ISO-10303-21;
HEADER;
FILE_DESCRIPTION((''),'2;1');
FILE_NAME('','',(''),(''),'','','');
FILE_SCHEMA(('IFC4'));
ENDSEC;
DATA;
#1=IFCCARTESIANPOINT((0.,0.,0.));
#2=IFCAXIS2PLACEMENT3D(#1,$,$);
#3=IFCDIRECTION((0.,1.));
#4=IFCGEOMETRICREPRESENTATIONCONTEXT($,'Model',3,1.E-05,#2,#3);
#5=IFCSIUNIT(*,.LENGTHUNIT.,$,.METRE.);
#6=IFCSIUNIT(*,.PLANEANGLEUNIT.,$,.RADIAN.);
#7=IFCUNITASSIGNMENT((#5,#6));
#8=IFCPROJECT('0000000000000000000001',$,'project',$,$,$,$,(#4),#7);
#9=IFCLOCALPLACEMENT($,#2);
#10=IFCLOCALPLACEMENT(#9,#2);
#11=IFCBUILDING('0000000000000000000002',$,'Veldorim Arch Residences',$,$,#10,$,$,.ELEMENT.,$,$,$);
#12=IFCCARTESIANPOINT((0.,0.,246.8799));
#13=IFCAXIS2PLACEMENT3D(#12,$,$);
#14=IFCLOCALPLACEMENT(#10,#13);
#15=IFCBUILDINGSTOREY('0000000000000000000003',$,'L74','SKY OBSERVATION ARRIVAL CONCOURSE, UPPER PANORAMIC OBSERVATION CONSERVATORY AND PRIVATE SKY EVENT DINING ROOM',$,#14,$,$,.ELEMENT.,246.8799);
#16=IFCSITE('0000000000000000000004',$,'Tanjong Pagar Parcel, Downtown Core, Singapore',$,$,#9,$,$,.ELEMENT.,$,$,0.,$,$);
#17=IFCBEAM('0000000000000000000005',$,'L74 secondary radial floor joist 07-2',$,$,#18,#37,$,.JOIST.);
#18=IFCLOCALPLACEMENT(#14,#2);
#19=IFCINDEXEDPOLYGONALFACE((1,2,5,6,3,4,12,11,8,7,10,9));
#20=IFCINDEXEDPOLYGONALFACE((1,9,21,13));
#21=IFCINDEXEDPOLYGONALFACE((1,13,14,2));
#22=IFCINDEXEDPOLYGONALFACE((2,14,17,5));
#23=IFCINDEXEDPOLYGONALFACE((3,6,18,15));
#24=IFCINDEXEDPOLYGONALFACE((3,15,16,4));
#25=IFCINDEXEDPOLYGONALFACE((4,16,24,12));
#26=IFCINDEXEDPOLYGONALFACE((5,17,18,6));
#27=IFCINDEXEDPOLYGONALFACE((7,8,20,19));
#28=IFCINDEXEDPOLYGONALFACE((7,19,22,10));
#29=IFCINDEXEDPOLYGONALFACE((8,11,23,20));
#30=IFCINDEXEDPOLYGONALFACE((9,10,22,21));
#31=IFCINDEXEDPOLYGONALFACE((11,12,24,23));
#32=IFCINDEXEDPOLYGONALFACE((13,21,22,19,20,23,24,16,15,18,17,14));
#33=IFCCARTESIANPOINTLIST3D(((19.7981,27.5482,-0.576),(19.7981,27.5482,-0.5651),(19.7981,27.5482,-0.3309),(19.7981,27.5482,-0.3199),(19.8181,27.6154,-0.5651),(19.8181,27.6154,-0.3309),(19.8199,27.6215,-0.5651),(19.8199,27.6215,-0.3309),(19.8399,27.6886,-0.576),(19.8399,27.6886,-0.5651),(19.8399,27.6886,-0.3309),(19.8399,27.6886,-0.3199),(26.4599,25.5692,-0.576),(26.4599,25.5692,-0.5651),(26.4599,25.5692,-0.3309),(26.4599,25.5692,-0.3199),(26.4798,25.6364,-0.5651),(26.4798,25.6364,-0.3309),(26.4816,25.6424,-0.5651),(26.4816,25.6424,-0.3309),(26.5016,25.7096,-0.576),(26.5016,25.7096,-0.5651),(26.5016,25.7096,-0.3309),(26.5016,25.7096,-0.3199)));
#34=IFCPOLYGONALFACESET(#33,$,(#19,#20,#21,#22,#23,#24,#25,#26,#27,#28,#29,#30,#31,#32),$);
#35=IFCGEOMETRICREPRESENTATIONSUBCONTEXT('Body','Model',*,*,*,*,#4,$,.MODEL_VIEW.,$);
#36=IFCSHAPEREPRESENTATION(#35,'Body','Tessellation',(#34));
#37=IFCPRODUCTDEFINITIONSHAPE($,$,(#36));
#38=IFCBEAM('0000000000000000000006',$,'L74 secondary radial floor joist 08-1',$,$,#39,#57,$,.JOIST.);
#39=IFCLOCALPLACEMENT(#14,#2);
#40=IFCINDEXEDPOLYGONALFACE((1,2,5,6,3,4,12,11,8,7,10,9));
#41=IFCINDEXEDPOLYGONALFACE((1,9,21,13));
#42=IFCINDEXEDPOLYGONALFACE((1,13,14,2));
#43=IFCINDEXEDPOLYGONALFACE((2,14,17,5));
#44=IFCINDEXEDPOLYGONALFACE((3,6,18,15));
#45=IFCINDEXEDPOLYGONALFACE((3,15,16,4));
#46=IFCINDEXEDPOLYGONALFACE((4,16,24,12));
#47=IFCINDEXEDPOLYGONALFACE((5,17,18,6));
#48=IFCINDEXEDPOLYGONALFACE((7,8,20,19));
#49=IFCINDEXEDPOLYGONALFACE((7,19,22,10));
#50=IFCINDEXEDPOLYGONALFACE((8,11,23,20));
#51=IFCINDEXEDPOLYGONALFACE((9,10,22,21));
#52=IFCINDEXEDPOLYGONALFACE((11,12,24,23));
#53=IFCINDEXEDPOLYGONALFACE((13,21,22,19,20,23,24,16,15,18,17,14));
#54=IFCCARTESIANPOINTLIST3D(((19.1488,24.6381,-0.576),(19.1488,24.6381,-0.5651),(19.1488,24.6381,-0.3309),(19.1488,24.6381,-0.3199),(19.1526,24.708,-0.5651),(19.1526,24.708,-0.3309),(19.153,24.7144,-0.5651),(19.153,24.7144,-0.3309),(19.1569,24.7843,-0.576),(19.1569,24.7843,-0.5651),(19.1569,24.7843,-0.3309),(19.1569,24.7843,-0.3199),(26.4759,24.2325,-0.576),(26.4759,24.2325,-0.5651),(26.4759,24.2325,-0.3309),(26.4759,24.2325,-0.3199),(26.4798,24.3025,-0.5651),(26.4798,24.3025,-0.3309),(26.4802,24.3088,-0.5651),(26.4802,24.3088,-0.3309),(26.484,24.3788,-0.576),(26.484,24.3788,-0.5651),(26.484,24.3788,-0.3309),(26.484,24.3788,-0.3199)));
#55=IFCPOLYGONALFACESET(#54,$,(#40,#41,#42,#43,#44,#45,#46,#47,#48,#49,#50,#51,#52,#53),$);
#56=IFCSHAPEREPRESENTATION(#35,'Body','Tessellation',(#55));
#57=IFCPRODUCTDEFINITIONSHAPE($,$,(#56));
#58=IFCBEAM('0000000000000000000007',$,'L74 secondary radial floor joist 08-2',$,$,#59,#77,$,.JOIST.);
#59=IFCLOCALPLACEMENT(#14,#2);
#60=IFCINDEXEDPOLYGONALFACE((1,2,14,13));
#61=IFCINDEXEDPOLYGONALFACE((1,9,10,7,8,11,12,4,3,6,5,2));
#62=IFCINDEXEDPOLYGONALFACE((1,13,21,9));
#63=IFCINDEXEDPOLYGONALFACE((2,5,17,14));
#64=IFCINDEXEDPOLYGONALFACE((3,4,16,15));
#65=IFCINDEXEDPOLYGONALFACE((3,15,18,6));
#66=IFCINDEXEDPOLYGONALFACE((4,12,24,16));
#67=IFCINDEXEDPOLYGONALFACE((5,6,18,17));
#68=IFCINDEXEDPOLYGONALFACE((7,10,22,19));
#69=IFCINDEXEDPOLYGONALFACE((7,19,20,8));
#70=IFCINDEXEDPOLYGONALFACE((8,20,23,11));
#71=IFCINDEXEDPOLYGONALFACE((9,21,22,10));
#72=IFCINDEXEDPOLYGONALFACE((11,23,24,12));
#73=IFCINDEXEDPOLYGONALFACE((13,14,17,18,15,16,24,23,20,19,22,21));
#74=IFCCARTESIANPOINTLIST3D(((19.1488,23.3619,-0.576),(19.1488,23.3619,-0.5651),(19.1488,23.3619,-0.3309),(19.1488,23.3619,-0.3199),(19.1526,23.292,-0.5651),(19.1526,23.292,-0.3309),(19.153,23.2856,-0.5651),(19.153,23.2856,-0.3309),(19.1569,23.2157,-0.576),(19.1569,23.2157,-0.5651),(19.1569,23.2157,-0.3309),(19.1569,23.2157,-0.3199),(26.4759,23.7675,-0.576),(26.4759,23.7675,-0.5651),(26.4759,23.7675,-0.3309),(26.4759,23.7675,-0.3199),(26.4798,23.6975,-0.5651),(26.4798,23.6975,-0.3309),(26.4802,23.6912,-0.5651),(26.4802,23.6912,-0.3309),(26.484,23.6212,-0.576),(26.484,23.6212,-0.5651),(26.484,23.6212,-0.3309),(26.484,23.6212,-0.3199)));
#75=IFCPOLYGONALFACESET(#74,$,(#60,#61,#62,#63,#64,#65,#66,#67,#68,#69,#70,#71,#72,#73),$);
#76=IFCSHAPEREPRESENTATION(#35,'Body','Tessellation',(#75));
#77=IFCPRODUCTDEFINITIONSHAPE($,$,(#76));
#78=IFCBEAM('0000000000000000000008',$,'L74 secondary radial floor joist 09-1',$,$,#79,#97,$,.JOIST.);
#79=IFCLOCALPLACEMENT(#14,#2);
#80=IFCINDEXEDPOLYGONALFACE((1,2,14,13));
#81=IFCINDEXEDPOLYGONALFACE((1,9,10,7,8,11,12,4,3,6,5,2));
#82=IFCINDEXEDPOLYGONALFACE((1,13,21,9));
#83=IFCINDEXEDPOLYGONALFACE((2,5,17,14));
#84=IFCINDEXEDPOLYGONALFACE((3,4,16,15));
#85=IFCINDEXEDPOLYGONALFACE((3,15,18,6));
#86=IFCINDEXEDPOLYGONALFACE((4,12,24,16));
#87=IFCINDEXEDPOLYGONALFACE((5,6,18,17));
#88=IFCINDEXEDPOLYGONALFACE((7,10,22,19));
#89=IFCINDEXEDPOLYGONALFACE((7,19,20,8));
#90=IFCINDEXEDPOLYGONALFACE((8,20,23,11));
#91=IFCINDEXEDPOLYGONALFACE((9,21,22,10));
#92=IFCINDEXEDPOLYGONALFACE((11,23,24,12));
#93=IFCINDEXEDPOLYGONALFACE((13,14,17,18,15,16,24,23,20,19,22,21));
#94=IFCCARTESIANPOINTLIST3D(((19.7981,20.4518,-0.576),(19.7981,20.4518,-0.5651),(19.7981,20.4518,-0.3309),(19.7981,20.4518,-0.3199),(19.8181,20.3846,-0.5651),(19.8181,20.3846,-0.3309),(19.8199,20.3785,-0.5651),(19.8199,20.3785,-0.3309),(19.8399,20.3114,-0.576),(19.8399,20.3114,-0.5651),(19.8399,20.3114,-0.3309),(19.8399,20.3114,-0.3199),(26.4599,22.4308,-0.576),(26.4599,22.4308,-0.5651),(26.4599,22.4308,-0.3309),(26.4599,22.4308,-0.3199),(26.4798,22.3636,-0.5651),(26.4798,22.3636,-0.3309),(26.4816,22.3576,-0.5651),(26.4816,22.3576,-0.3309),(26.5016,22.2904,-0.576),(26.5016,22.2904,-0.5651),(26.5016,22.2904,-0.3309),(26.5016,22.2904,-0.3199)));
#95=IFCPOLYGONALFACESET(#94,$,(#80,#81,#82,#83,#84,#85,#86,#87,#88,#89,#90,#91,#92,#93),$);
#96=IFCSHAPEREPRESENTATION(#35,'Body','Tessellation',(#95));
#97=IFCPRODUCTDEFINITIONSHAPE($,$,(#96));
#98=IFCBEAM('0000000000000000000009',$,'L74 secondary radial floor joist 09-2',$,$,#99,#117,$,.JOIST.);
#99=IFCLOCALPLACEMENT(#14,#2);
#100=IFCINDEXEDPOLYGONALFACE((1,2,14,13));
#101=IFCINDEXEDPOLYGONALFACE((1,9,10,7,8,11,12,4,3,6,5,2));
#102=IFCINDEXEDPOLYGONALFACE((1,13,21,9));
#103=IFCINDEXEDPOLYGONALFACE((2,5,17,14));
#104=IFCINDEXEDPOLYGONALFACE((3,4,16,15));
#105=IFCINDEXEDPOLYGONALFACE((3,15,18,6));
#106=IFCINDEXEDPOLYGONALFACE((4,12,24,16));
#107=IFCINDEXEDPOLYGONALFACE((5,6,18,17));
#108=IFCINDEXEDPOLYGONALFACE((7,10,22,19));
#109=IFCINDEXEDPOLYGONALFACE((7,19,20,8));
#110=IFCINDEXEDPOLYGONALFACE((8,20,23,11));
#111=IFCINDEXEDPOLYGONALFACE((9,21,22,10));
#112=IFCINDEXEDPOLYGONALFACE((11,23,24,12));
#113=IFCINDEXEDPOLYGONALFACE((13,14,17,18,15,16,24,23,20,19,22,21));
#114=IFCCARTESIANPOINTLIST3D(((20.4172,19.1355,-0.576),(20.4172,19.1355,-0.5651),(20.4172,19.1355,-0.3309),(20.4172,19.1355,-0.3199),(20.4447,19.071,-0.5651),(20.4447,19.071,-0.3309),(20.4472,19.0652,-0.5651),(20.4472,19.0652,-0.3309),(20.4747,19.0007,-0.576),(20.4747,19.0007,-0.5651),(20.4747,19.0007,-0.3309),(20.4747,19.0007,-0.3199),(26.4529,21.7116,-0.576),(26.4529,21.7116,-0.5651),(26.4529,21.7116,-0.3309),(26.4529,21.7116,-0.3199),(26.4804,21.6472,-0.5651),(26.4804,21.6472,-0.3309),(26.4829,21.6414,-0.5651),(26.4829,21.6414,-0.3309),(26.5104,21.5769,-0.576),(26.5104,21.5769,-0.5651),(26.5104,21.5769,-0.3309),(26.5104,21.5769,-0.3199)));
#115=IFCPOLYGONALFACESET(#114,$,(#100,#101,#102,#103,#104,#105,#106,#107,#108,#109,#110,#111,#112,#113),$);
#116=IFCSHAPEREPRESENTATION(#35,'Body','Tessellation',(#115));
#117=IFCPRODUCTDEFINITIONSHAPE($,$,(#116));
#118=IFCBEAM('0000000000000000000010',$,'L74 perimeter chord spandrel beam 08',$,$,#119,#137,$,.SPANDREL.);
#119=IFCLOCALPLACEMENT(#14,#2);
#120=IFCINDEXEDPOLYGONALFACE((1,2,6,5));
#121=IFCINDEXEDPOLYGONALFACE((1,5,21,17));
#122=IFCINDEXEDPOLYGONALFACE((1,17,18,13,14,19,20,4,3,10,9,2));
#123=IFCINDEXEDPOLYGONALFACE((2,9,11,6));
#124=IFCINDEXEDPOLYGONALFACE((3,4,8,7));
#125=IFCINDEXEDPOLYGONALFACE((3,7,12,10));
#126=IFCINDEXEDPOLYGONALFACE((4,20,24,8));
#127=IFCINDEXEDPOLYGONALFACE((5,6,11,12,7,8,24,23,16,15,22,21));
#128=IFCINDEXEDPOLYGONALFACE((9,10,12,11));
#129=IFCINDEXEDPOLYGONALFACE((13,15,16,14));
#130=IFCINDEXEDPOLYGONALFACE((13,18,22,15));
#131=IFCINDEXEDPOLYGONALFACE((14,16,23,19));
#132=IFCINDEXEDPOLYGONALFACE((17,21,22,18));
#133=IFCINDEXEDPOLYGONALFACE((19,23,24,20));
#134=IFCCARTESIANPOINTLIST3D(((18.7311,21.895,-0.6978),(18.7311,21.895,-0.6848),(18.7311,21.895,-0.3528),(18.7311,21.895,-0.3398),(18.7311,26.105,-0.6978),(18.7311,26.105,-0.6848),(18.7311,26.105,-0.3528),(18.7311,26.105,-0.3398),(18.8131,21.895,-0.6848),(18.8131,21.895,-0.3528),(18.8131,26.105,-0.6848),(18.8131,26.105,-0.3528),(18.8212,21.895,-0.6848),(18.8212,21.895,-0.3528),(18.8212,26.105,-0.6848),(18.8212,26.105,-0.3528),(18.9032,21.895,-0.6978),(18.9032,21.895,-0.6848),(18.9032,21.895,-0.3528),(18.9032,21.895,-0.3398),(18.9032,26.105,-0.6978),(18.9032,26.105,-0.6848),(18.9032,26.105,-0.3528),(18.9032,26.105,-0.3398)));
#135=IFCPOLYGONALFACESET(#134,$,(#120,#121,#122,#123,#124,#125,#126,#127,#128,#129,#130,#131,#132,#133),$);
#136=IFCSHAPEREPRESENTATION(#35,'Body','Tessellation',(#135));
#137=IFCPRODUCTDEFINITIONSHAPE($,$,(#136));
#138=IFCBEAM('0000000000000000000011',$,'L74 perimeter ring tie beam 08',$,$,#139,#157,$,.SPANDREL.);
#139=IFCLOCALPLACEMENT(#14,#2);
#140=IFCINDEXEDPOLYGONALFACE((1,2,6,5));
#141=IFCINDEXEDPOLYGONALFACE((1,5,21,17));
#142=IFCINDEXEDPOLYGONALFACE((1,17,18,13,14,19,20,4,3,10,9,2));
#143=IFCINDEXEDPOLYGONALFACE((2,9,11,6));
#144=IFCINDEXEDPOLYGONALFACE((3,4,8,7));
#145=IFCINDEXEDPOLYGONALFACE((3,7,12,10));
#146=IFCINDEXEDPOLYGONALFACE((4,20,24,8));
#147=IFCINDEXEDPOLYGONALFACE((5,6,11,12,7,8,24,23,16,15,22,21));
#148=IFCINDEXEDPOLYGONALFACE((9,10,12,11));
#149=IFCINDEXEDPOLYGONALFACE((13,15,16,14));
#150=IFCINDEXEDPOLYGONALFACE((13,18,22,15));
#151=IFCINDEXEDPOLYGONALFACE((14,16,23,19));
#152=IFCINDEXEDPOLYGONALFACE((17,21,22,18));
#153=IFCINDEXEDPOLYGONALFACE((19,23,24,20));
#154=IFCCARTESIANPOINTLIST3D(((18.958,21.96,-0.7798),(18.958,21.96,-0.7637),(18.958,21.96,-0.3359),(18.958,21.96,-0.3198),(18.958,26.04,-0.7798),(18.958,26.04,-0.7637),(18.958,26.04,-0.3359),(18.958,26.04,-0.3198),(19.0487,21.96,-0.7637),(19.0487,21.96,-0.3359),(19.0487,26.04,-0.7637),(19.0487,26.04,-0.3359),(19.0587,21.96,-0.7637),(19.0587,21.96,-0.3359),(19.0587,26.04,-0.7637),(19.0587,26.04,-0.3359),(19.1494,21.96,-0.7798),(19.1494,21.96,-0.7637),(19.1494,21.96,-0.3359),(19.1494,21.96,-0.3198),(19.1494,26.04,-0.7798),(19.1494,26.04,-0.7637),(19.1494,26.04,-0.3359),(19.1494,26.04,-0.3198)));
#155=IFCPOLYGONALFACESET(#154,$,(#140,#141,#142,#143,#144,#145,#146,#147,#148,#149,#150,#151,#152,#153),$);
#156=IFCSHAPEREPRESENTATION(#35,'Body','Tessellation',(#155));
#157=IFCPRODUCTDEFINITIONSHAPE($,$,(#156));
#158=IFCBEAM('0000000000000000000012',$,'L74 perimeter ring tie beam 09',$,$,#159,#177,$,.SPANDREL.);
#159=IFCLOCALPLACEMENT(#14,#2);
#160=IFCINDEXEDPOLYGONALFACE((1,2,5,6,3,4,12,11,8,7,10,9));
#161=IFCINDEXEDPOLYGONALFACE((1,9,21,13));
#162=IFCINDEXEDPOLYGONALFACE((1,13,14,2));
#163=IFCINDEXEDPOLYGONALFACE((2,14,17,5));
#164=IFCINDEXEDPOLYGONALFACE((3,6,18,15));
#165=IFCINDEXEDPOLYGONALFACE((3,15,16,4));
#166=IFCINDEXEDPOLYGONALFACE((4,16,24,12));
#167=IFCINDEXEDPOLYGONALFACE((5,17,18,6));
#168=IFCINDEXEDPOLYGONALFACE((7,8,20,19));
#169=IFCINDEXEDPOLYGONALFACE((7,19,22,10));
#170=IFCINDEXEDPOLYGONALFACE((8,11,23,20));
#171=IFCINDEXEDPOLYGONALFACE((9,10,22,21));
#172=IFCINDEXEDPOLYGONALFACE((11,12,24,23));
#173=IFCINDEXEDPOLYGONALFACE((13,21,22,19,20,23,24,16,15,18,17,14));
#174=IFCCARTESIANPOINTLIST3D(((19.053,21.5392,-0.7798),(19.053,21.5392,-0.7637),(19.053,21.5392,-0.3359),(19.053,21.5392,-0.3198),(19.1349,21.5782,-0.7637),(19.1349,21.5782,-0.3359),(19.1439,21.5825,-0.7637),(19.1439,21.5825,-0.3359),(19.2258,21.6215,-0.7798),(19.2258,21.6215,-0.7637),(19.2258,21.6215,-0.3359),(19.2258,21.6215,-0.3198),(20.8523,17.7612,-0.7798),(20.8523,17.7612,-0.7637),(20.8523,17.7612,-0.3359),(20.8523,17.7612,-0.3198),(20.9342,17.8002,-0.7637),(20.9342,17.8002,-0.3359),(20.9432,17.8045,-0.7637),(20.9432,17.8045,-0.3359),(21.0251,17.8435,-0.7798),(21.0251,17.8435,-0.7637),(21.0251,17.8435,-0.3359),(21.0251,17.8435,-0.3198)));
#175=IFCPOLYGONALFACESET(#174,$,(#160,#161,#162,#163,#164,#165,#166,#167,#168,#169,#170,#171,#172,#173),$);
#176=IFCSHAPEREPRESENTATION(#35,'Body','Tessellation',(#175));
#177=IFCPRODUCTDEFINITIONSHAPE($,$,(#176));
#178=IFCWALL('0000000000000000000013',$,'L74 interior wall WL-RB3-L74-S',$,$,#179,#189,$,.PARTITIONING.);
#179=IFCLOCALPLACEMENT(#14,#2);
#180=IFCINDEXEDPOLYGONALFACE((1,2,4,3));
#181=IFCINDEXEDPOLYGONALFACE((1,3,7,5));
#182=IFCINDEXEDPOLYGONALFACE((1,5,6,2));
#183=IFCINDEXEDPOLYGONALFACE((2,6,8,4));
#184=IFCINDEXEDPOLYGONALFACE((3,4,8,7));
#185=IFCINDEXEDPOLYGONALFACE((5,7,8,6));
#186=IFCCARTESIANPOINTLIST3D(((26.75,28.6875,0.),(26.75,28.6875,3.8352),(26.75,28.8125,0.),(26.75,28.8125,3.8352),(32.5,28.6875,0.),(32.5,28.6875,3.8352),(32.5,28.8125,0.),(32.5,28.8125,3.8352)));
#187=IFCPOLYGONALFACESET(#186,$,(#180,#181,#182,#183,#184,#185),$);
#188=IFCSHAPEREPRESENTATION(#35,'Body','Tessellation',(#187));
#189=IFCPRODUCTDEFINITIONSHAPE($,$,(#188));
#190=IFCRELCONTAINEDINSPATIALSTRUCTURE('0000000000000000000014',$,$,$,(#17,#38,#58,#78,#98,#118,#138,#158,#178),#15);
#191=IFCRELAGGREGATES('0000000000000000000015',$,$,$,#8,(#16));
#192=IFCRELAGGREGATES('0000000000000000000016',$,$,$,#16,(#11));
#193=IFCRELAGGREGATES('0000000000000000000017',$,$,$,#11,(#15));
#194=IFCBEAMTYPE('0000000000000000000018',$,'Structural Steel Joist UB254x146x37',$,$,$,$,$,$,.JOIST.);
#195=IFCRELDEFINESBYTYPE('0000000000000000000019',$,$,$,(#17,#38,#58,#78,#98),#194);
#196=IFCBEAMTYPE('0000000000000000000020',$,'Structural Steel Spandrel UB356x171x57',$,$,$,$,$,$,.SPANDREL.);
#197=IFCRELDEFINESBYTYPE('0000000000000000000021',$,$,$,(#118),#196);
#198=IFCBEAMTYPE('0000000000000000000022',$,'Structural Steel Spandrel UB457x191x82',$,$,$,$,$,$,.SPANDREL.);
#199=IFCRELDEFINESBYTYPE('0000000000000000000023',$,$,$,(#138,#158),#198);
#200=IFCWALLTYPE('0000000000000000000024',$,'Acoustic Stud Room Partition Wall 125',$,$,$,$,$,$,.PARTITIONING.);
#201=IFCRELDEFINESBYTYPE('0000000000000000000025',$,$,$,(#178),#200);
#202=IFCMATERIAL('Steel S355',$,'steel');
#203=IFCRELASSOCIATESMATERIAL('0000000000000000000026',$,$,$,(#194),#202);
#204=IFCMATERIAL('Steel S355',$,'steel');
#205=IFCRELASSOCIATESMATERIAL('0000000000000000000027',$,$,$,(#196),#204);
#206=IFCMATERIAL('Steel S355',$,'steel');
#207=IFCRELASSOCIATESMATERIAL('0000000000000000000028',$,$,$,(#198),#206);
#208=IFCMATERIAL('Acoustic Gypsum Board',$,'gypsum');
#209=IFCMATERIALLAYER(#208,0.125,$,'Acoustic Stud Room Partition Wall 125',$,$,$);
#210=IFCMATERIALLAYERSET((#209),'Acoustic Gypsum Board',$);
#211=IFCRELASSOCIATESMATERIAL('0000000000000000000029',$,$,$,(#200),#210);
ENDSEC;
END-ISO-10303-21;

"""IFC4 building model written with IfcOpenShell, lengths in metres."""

from ifc_helpers import new_model, si_unit, direction, frame, frame_2d, origin, origin_2d, place, context, subcontext, project, spatial, rectangle, i_section, extrude, material, layer, layer_set, material_profile, profile_set, type_object, element, save


model = new_model("IFC4")

# Units and contexts
model_context = context("Model", 3, precision=1e-05, world=origin(), true_north=direction((0.0, 1.0)))
body_context = subcontext(model_context, "Body", "Model", "MODEL_VIEW")
ifc_project = project(units=[si_unit("LENGTHUNIT", "METRE"), si_unit("PLANEANGLEUNIT", "RADIAN")], contexts=[model_context])

# Site, building, storey
site_placement = place(None, origin())
site = spatial("IfcSite", under=ifc_project, at=site_placement, Name="Tanjong Pagar Parcel, Downtown Core, Singapore", CompositionType="ELEMENT", RefElevation=0.0)
building_placement = place(site_placement, origin())
building = spatial("IfcBuilding", under=site, at=building_placement, Name="Veldorim Arch Residences", CompositionType="ELEMENT")
storey_placement = place(building_placement, frame((0.0, 0.0, 246.8799)))
storey = spatial("IfcBuildingStorey", under=building, at=storey_placement, Name="L74", Description="SKY OBSERVATION ARRIVAL CONCOURSE, UPPER PANORAMIC OBSERVATION CONSERVATORY AND PRIVATE SKY EVENT DINING ROOM", CompositionType="ELEMENT", Elevation=246.8799)

# Beams
ifc_material_1 = material(Name="Steel S355", Category="steel")
ifc_material_profile_1 = material_profile(ifc_material_1, i_section(OverallWidth=0.1465, OverallDepth=0.2561, WebThickness=0.0063, FlangeThickness=0.011, at=origin_2d()), Name="UB254x146x37")
ifc_profile_set_1 = profile_set([ifc_material_profile_1], Name="Steel S355")
beam_type_1 = type_object("IfcBeamType", Name="Structural Steel Joist UB254x146x37", PredefinedType="JOIST", material=ifc_profile_set_1)
beam_1_placement = place(storey_placement, frame((26.4807, 25.6394, -0.448), z_axis=(-0.958594, 0.284775, 0.0), x_axis=(-0.284775, -0.958594, 0.0)))
element("IfcBeam", 1, at=beam_1_placement, inside=storey, type_object=beam_type_1, Name="L74 secondary radial floor joist 07-2", PredefinedType="JOIST", context=body_context, shape_type="SweptSolid", body=[
    extrude(i_section(OverallWidth=0.1465, OverallDepth=0.2561, WebThickness=0.0063, FlangeThickness=0.011, at=origin_2d()), origin(), (0.0, 0.0, 1.0), 6.9495),
])
for number, where, z_axis, x_axis, name in (
    (2, (26.48, 24.3057, -0.448), (-0.998472, 0.05526, 0.0), (-0.05526, -0.998472, 0.0), "L74 secondary radial floor joist 08-1"),
    (3, (26.48, 23.6943, -0.448), (-0.998472, -0.05526, 0.0), (0.05526, -0.998472, 0.0), "L74 secondary radial floor joist 08-2"),
):
    element("IfcBeam", number, at=place(storey_placement, frame(where, z_axis=z_axis, x_axis=x_axis)), inside=storey, type_object=beam_type_1, Name=name, PredefinedType="JOIST", context=body_context, shape_type="SweptSolid", body=[
        extrude(i_section(OverallWidth=0.1465, OverallDepth=0.2561, WebThickness=0.0063, FlangeThickness=0.011, at=origin_2d()), origin(), (0.0, 0.0, 1.0), 7.3384),
    ])
beam_2_placement = place(storey_placement, frame((26.4807, 22.3606, -0.448), z_axis=(-0.958594, -0.284775, 0.0), x_axis=(0.284775, -0.958594, 0.0)))
element("IfcBeam", 4, at=beam_2_placement, inside=storey, type_object=beam_type_1, Name="L74 secondary radial floor joist 09-1", PredefinedType="JOIST", context=body_context, shape_type="SweptSolid", body=[
    extrude(i_section(OverallWidth=0.1465, OverallDepth=0.2561, WebThickness=0.0063, FlangeThickness=0.011, at=origin_2d()), origin(), (0.0, 0.0, 1.0), 6.9495),
])
beam_3_placement = place(storey_placement, frame((26.4817, 21.6443, -0.448), z_axis=(-0.919725, -0.392563, 0.0), x_axis=(0.392563, -0.919725, 0.0)))
element("IfcBeam", 5, at=beam_3_placement, inside=storey, type_object=beam_type_1, Name="L74 secondary radial floor joist 09-2", PredefinedType="JOIST", context=body_context, shape_type="SweptSolid", body=[
    extrude(i_section(OverallWidth=0.1465, OverallDepth=0.2561, WebThickness=0.0063, FlangeThickness=0.011, at=origin_2d()), origin(), (0.0, 0.0, 1.0), 6.5625),
])
ifc_material_2 = material(Name="Steel S355", Category="steel")
ifc_material_profile_2 = material_profile(ifc_material_2, i_section(OverallWidth=0.1721, OverallDepth=0.3579, WebThickness=0.0081, FlangeThickness=0.0129, at=origin_2d()), Name="UB356x171x57")
ifc_profile_set_2 = profile_set([ifc_material_profile_2], Name="Steel S355")
beam_type_2 = type_object("IfcBeamType", Name="Structural Steel Spandrel UB356x171x57", PredefinedType="SPANDREL", material=ifc_profile_set_2)
beam_4_placement = place(storey_placement, frame((18.8171, 26.105, -0.5188), z_axis=(0.0, -1.0, 0.0), x_axis=(1.0, 0.0, 0.0)))
element("IfcBeam", 6, at=beam_4_placement, inside=storey, type_object=beam_type_2, Name="L74 perimeter chord spandrel beam 08", PredefinedType="SPANDREL", context=body_context, shape_type="SweptSolid", body=[
    extrude(i_section(OverallWidth=0.1721, OverallDepth=0.3579, WebThickness=0.0081, FlangeThickness=0.0129, at=origin_2d()), origin(), (0.0, 0.0, 1.0), 4.21),
])
ifc_material_3 = material(Name="Steel S355", Category="steel")
ifc_material_profile_3 = material_profile(ifc_material_3, i_section(OverallWidth=0.1914, OverallDepth=0.46, WebThickness=0.01, FlangeThickness=0.0161, at=origin_2d()), Name="UB457x191x82")
ifc_profile_set_3 = profile_set([ifc_material_profile_3], Name="Steel S355")
beam_type_3 = type_object("IfcBeamType", Name="Structural Steel Spandrel UB457x191x82", PredefinedType="SPANDREL", material=ifc_profile_set_3)
beam_5_placement = place(storey_placement, frame((19.0537, 26.04, -0.5498), z_axis=(0.0, -1.0, 0.0), x_axis=(1.0, 0.0, 0.0)))
element("IfcBeam", 7, at=beam_5_placement, inside=storey, type_object=beam_type_3, Name="L74 perimeter ring tie beam 08", PredefinedType="SPANDREL", context=body_context, shape_type="SweptSolid", body=[
    extrude(i_section(OverallWidth=0.1914, OverallDepth=0.46, WebThickness=0.01, FlangeThickness=0.0161, at=origin_2d()), origin(), (0.0, 0.0, 1.0), 4.0801),
])
beam_6_placement = place(storey_placement, frame((19.1394, 21.5803, -0.5498), z_axis=(0.429979, -0.902839, 0.0), x_axis=(0.902839, 0.429979, 0.0)))
element("IfcBeam", 8, at=beam_6_placement, inside=storey, type_object=beam_type_3, Name="L74 perimeter ring tie beam 09", PredefinedType="SPANDREL", context=body_context, shape_type="SweptSolid", body=[
    extrude(i_section(OverallWidth=0.1914, OverallDepth=0.46, WebThickness=0.01, FlangeThickness=0.0161, at=origin_2d()), origin(), (0.0, 0.0, 1.0), 4.1846),
])

# Wall
ifc_material_4 = material(Name="Acoustic Gypsum Board", Category="gypsum")
ifc_layer_1 = layer(ifc_material_4, 0.125, Name="Acoustic Stud Room Partition Wall 125")
ifc_layer_set_1 = layer_set([ifc_layer_1], Name="Acoustic Gypsum Board")
wall_type_1 = type_object("IfcWallType", Name="Acoustic Stud Room Partition Wall 125", PredefinedType="PARTITIONING", material=ifc_layer_set_1)
wall_1_placement = place(storey_placement, frame((26.75, 28.75, 0.0), z_axis=(0.0, 0.0, 1.0), x_axis=(1.0, 0.0, 0.0)))
element("IfcWall", 9, at=wall_1_placement, inside=storey, type_object=wall_type_1, Name="L74 interior wall WL-RB3-L74-S", PredefinedType="PARTITIONING", context=body_context, shape_type="SweptSolid", body=[
    extrude(rectangle(XDim=5.75, YDim=0.125, at=frame_2d((2.875, 0.0))), origin(), (0.0, 0.0, 1.0), 3.8352),
])

save(model, "model.ifc")
